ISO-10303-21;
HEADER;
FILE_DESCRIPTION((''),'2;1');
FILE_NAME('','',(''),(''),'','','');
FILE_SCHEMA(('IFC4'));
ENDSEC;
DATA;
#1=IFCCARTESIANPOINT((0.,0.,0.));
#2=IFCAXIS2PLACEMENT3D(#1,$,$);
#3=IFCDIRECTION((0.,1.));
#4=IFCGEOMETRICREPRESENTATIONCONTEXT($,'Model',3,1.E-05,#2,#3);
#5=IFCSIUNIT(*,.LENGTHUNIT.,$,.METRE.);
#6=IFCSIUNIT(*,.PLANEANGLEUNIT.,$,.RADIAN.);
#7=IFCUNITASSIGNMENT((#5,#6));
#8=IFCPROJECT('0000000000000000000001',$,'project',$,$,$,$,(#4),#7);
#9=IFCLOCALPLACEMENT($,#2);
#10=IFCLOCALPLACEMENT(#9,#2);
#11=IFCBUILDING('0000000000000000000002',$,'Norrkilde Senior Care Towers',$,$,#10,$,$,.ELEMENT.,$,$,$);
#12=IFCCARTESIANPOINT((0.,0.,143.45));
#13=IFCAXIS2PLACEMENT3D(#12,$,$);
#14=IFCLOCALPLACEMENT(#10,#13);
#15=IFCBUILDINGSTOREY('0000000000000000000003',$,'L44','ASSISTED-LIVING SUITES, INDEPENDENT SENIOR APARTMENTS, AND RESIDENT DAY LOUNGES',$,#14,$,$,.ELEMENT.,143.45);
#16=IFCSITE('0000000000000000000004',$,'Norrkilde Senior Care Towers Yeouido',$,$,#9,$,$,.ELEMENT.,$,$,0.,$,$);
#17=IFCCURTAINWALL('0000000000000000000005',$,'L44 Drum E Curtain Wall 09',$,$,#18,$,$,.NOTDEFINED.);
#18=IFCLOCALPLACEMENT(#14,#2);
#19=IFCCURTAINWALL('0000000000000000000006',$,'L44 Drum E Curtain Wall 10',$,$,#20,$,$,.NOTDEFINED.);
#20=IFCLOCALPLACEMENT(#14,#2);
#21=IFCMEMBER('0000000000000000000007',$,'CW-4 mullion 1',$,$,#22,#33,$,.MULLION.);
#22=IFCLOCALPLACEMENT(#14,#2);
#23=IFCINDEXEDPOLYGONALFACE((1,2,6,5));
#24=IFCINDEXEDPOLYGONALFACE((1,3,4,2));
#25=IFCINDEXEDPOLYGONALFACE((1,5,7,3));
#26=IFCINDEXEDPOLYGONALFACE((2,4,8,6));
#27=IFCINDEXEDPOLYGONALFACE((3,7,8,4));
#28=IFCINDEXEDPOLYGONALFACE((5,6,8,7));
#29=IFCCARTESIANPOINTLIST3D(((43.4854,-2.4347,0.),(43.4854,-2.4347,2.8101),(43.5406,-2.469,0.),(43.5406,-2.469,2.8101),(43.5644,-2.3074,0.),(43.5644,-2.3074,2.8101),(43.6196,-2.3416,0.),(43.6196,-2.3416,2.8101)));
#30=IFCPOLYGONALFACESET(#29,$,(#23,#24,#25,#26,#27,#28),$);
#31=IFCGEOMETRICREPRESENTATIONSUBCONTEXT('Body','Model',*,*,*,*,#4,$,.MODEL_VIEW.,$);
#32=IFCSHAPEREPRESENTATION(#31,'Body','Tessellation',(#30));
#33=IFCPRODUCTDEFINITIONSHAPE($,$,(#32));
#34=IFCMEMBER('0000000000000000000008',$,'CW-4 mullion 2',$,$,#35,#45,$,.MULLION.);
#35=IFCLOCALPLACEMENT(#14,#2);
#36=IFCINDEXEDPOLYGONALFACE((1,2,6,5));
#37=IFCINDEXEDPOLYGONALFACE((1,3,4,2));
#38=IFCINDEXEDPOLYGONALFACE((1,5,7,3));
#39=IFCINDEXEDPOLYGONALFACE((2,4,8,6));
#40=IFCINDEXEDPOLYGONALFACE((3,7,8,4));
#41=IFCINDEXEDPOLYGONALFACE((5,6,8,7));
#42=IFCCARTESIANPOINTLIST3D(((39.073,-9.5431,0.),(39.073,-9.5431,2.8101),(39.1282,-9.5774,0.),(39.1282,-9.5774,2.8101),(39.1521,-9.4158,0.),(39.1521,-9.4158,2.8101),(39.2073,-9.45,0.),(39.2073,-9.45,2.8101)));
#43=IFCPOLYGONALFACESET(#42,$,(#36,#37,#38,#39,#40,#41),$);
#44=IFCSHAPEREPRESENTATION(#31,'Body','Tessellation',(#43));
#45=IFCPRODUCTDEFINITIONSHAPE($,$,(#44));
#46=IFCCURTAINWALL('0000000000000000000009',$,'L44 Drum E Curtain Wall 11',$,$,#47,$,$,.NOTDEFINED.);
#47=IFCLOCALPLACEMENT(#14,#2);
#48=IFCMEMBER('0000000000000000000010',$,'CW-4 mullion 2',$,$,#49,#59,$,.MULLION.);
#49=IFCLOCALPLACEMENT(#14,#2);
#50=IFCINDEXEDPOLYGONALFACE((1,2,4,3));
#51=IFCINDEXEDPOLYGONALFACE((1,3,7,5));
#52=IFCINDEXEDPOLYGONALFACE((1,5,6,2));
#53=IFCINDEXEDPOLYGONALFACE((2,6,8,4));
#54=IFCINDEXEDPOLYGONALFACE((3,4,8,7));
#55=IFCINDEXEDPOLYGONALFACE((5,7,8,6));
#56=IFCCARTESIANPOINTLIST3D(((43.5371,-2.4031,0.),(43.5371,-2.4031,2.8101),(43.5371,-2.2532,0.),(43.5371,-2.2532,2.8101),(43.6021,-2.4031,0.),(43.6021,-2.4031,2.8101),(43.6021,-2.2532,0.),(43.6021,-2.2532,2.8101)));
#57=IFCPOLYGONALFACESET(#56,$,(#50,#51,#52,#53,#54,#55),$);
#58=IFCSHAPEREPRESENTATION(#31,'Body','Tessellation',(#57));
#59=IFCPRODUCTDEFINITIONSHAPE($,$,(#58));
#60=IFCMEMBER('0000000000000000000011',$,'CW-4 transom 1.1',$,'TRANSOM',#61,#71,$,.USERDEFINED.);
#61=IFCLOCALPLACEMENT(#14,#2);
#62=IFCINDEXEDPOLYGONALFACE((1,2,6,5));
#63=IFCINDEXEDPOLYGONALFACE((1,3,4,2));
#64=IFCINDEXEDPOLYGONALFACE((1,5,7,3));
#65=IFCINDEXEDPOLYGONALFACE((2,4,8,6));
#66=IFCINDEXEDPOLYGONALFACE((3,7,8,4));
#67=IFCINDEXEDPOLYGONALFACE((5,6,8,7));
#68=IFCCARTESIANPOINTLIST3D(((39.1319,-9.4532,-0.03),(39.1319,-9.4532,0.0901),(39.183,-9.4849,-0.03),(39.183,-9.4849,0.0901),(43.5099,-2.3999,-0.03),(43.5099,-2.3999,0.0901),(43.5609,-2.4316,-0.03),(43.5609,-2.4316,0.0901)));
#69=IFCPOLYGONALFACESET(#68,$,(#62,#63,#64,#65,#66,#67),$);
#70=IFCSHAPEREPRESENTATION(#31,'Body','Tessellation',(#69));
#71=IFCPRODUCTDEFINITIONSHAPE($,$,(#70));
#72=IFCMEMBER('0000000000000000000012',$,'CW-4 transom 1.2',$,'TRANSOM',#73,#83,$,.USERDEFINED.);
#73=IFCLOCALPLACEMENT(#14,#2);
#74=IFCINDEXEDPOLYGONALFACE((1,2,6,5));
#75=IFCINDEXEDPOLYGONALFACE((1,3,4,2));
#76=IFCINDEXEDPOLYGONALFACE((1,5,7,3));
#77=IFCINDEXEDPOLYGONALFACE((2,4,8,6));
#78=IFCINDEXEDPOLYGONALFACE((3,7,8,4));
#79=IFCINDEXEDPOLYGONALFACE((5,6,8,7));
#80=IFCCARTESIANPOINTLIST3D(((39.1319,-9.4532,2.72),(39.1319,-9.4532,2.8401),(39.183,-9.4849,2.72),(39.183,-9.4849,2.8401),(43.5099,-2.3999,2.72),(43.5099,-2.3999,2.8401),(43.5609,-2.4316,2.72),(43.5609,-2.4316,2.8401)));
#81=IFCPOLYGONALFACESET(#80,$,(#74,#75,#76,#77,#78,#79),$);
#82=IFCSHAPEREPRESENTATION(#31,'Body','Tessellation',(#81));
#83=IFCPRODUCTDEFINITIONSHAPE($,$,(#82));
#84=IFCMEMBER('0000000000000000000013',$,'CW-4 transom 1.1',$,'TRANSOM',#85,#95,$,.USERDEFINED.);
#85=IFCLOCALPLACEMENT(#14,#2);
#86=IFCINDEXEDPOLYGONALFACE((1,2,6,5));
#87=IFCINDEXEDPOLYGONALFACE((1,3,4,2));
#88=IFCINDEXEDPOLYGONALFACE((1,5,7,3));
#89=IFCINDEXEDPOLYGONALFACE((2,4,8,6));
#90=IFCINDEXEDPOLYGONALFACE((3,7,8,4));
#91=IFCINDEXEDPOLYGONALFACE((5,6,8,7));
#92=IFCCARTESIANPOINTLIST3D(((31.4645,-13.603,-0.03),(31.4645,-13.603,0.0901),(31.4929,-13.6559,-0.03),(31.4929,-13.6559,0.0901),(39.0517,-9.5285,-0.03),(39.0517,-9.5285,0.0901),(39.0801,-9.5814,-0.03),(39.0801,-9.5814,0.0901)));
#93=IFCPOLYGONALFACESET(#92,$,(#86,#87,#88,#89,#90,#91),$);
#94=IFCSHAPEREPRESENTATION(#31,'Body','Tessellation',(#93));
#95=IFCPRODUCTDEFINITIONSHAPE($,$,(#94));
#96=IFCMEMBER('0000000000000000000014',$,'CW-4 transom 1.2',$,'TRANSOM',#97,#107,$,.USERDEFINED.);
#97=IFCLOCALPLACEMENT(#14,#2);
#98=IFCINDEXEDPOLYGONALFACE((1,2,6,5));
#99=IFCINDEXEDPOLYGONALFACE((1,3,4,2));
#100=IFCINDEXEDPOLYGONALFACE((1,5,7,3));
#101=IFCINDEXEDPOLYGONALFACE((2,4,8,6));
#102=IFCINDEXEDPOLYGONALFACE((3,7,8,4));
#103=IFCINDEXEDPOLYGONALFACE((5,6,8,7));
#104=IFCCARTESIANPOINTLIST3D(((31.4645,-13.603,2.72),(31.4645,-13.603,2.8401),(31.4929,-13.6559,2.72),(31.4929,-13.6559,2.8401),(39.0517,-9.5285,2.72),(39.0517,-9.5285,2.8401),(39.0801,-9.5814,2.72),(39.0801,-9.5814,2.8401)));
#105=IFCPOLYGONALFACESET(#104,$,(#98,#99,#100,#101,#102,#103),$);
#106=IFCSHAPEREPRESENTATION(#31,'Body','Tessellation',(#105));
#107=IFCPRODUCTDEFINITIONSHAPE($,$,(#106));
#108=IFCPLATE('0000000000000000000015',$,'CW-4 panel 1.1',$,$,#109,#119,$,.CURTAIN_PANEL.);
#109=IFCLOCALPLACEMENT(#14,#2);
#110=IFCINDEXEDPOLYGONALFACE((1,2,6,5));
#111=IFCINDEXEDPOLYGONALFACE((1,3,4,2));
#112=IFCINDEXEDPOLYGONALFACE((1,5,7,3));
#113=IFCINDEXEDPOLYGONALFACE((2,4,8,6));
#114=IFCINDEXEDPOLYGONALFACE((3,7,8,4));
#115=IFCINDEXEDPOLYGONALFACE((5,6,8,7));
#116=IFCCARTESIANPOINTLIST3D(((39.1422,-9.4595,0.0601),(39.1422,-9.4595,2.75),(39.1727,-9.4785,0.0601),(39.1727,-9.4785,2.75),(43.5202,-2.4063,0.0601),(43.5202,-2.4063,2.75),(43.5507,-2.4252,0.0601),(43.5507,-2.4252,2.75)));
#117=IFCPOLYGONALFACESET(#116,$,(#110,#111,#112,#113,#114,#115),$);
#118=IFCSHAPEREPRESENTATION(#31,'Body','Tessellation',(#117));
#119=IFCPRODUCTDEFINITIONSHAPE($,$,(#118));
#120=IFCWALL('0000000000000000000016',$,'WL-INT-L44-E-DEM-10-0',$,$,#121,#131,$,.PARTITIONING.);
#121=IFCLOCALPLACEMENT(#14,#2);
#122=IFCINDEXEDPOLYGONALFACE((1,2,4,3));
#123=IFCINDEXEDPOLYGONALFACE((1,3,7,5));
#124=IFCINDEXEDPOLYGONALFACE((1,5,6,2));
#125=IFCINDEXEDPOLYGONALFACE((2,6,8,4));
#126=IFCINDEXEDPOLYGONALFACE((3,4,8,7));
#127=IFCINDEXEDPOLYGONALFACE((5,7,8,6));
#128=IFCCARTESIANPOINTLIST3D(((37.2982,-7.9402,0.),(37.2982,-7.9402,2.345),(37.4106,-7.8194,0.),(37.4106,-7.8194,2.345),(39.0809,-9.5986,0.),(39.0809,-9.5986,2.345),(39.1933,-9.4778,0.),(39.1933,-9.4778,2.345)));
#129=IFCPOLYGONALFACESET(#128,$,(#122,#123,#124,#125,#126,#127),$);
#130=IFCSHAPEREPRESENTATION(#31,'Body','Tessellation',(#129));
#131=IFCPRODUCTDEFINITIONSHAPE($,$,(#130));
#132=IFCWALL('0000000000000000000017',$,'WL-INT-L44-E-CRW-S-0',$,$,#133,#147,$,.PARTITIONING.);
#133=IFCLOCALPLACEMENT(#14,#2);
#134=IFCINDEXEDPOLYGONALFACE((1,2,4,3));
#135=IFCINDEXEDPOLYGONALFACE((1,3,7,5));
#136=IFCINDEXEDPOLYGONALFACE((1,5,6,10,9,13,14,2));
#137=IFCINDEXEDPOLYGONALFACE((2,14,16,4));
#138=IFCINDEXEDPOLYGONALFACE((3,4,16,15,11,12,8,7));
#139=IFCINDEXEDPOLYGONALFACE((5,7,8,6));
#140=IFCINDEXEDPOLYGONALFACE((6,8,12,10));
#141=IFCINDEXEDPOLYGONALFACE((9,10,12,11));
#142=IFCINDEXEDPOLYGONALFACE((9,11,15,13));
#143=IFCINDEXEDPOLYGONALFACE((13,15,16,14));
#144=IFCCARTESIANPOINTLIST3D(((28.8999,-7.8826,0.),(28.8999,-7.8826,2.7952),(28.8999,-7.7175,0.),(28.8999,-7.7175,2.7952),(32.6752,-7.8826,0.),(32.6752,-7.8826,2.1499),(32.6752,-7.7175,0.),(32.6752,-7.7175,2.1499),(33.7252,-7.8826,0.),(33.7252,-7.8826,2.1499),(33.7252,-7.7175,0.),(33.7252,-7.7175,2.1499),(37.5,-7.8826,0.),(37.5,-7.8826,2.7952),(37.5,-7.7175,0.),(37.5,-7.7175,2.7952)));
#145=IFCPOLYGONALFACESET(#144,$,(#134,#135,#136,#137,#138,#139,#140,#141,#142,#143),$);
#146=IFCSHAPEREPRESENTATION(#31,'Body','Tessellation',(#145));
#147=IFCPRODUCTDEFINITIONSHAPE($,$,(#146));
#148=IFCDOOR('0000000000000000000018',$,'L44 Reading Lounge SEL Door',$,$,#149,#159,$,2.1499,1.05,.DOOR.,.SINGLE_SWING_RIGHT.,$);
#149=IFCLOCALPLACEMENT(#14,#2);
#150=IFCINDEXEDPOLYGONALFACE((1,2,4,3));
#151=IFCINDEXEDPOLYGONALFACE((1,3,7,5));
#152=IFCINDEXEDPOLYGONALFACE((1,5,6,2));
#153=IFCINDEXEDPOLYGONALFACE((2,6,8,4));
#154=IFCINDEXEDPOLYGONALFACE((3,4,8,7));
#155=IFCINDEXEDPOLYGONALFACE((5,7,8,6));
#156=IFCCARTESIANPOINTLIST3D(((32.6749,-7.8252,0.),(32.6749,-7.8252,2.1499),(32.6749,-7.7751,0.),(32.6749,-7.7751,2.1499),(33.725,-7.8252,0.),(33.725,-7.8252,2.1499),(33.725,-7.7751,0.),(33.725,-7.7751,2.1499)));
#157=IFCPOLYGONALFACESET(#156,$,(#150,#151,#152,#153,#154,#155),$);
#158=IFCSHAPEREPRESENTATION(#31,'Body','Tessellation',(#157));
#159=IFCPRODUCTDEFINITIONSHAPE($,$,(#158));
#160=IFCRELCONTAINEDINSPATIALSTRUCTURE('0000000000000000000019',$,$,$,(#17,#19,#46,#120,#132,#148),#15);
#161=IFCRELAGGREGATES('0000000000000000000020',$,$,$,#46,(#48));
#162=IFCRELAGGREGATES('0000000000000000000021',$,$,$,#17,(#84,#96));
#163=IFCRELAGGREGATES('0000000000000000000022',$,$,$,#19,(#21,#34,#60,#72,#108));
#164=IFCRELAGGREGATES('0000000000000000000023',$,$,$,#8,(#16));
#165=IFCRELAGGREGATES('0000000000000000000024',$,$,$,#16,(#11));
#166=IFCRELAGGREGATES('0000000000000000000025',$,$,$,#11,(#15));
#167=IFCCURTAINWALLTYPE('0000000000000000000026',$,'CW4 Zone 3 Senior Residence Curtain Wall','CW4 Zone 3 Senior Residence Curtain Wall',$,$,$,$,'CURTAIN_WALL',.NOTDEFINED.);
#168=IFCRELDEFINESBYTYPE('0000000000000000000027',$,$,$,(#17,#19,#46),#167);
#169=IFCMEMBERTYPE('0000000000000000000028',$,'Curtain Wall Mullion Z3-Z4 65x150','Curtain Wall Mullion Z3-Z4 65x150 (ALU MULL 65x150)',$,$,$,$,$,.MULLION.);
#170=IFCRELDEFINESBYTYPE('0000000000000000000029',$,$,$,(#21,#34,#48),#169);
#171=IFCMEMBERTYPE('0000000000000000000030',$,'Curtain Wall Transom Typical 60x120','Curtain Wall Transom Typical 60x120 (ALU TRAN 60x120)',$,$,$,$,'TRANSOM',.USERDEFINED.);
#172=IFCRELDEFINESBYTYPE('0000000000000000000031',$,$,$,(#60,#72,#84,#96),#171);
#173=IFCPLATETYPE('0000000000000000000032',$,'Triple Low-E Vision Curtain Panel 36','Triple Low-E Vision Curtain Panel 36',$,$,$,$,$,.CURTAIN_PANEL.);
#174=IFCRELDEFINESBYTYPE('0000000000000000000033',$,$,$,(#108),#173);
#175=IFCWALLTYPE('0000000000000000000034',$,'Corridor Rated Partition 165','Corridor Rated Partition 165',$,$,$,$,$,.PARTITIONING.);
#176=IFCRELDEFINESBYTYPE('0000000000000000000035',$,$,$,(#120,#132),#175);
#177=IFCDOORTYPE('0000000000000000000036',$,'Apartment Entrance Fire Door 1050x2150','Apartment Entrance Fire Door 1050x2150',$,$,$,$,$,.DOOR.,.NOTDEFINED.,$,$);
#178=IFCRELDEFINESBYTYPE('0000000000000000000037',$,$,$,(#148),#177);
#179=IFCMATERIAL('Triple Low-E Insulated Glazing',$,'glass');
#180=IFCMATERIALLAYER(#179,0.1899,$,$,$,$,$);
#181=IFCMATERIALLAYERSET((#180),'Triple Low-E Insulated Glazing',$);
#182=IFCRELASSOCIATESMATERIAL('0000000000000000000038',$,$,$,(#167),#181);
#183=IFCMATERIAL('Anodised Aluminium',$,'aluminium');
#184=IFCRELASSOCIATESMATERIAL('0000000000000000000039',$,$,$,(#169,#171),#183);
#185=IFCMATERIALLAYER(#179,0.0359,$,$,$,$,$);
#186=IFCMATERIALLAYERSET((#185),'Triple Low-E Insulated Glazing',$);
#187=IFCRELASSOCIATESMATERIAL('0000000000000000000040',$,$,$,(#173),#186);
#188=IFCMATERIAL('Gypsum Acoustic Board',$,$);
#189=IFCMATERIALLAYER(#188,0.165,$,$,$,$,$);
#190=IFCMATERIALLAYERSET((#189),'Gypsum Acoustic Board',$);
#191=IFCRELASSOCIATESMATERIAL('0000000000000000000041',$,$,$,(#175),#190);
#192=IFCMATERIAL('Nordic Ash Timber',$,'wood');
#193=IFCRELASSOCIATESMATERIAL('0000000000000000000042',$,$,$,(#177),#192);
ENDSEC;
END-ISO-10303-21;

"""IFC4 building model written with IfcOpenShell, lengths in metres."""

from ifc_helpers import new_model, si_unit, direction, frame, frame_2d, origin, origin_2d, place, context, subcontext, project, spatial, rectangle, extrude, source, transform, mapped, material, layer, layer_set, material_profile, profile_set, type_object, type_shapes, element, fill, aggregate, save


model = new_model("IFC4")

# Units and contexts
model_context = context("Model", 3, precision=1e-05, world=origin(), true_north=direction((0.0, 1.0)))
body_context = subcontext(model_context, "Body", "Model", "MODEL_VIEW")
ifc_project = project(units=[si_unit("LENGTHUNIT", "METRE"), si_unit("PLANEANGLEUNIT", "RADIAN")], contexts=[model_context])

# Site, building, storey
site_placement = place(None, origin())
site = spatial("IfcSite", under=ifc_project, at=site_placement, Name="Norrkilde Senior Care Towers Yeouido", CompositionType="ELEMENT", RefElevation=0.0)
building_placement = place(site_placement, origin())
building = spatial("IfcBuilding", under=site, at=building_placement, Name="Norrkilde Senior Care Towers", CompositionType="ELEMENT")
storey_placement = place(building_placement, frame((0.0, 0.0, 143.45)))
storey = spatial("IfcBuildingStorey", under=building, at=storey_placement, Name="L44", Description="ASSISTED-LIVING SUITES, INDEPENDENT SENIOR APARTMENTS, AND RESIDENT DAY LOUNGES", CompositionType="ELEMENT", Elevation=143.45)

# Curtain wall
ifc_material_1 = material(Name="Triple Low-E Insulated Glazing", Category="glass")
ifc_layer_1 = layer(ifc_material_1, 0.1899)
ifc_layer_set_1 = layer_set([ifc_layer_1], Name="Triple Low-E Insulated Glazing")
curtain_wall_type = type_object("IfcCurtainWallType", Name="CW4 Zone 3 Senior Residence Curtain Wall", Description="CW4 Zone 3 Senior Residence Curtain Wall", ElementType="CURTAIN_WALL", PredefinedType="NOTDEFINED", material=ifc_layer_set_1)
curtain_wall_1_placement = place(storey_placement, origin())
curtain_wall_1 = element("IfcCurtainWall", 1, at=curtain_wall_1_placement, inside=storey, type_object=curtain_wall_type, Name="L44 Drum E Curtain Wall 09", PredefinedType="NOTDEFINED")
ifc_material_2 = material(Name="Anodised Aluminium", Category="aluminium")
ifc_material_profile_1 = material_profile(ifc_material_2, rectangle(XDim=0.0649, YDim=0.1499, at=origin_2d()), Name="ALU MULL 65x150")
ifc_profile_set_1 = profile_set([ifc_material_profile_1], Name="Anodised Aluminium")
member_type_1 = type_object("IfcMemberType", Name="Curtain Wall Mullion Z3-Z4 65x150", Description="Curtain Wall Mullion Z3-Z4 65x150 (ALU MULL 65x150)", PredefinedType="MULLION", material=ifc_profile_set_1)
shared_shape_1 = source(origin(), body_context, "Body", "SweptSolid", [
    extrude(rectangle(XDim=0.0649, YDim=0.1499, at=origin_2d()), origin(), (0.0, 0.0, 1.0), 2.8101),
])
type_shapes(member_type_1, [shared_shape_1])

# Curtain wall, members
curtain_wall_2_placement = place(storey_placement, origin())
curtain_wall_2 = element("IfcCurtainWall", 2, at=curtain_wall_2_placement, inside=storey, type_object=curtain_wall_type, Name="L44 Drum E Curtain Wall 10", PredefinedType="NOTDEFINED")
member_1_placement = place(storey_placement, frame((43.5525, -2.3882, 0.0), z_axis=(0.0, 0.0, 1.0), x_axis=(0.849634, -0.527373, 0.0)))
member_1 = element("IfcMember", 3, at=member_1_placement, type_object=member_type_1, Name="CW-4 mullion 1", PredefinedType="MULLION", context=body_context, shape_type="MappedRepresentation", body=[
    mapped(shared_shape_1, transform((0.0, 0.0, 0.0), x_axis=(1.0, 0.0, 0.0), y_axis=(0.0, 1.0, 0.0), z_axis=(0.0, 0.0, 1.0), scale=1.0)),
])
member_2_placement = place(storey_placement, frame((39.1401, -9.4966, 0.0), z_axis=(0.0, 0.0, 1.0), x_axis=(0.849634, -0.527373, 0.0)))
member_2 = element("IfcMember", 4, at=member_2_placement, type_object=member_type_1, Name="CW-4 mullion 2", PredefinedType="MULLION", context=body_context, shape_type="MappedRepresentation", body=[
    mapped(shared_shape_1, transform((0.0, 0.0, 0.0), x_axis=(1.0, 0.0, 0.0), y_axis=(0.0, 1.0, 0.0), z_axis=(0.0, 0.0, 1.0), scale=1.0)),
])

# Curtain wall, member
curtain_wall_3_placement = place(storey_placement, origin())
curtain_wall_3 = element("IfcCurtainWall", 5, at=curtain_wall_3_placement, inside=storey, type_object=curtain_wall_type, Name="L44 Drum E Curtain Wall 11", PredefinedType="NOTDEFINED")
member_3_placement = place(storey_placement, frame((43.5696, -2.3281, 0.0), z_axis=(0.0, 0.0, 1.0), x_axis=(1.0, 0.0, 0.0)))
member_3 = element("IfcMember", 6, at=member_3_placement, type_object=member_type_1, Name="CW-4 mullion 2", PredefinedType="MULLION", context=body_context, shape_type="MappedRepresentation", body=[
    mapped(shared_shape_1, transform((0.0, 0.0, 0.0), x_axis=(1.0, 0.0, 0.0), y_axis=(0.0, 1.0, 0.0), z_axis=(0.0, 0.0, 1.0), scale=1.0)),
])
aggregate(curtain_wall_3, [member_3])

# Members
ifc_material_profile_2 = material_profile(ifc_material_2, rectangle(XDim=0.0601, YDim=0.1201, at=origin_2d()), Name="ALU TRAN 60x120")
ifc_profile_set_2 = profile_set([ifc_material_profile_2], Name="Anodised Aluminium")
member_type_2 = type_object("IfcMemberType", Name="Curtain Wall Transom Typical 60x120", Description="Curtain Wall Transom Typical 60x120 (ALU TRAN 60x120)", ElementType="TRANSOM", PredefinedType="USERDEFINED", material=ifc_profile_set_2)
shared_shape_2 = source(origin(), body_context, "Body", "SweptSolid", [
    extrude(rectangle(XDim=0.0601, YDim=0.1201, at=origin_2d()), origin(), (0.0, 0.0, 1.0), 8.3015),
])
member_4_placement = place(storey_placement, frame((43.5354, -2.4158, 0.03), z_axis=(-0.527369, -0.849637, 0.0), x_axis=(0.849637, -0.527369, 0.0)))
member_4 = element("IfcMember", 7, at=member_4_placement, type_object=member_type_2, Name="CW-4 transom 1.1", ObjectType="TRANSOM", PredefinedType="USERDEFINED", context=body_context, shape_type="MappedRepresentation", body=[
    mapped(shared_shape_2, transform((0.0, 0.0, 0.0), x_axis=(1.0, 0.0, 0.0), y_axis=(0.0, 1.0, 0.0), z_axis=(0.0, 0.0, 1.0), scale=1.0)),
])
member_5_placement = place(storey_placement, frame((43.5354, -2.4158, 2.78), z_axis=(-0.527369, -0.849637, 0.0), x_axis=(0.849637, -0.527369, 0.0)))
member_5 = element("IfcMember", 8, at=member_5_placement, type_object=member_type_2, Name="CW-4 transom 1.2", ObjectType="TRANSOM", PredefinedType="USERDEFINED", context=body_context, shape_type="MappedRepresentation", body=[
    mapped(shared_shape_2, transform((0.0, 0.0, 0.0), x_axis=(1.0, 0.0, 0.0), y_axis=(0.0, 1.0, 0.0), z_axis=(0.0, 0.0, 1.0), scale=1.0)),
])
shared_shape_3 = source(origin(), body_context, "Body", "SweptSolid", [
    extrude(rectangle(XDim=0.0601, YDim=0.1201, at=origin_2d()), origin(), (0.0, 0.0, 1.0), 8.6121),
])
type_shapes(member_type_2, [shared_shape_2, shared_shape_3])
member_6_placement = place(storey_placement, frame((39.0659, -9.5549, 0.03), z_axis=(-0.881, -0.473116, 0.0), x_axis=(0.473116, -0.881, 0.0)))
member_6 = element("IfcMember", 9, at=member_6_placement, type_object=member_type_2, Name="CW-4 transom 1.1", ObjectType="TRANSOM", PredefinedType="USERDEFINED", context=body_context, shape_type="MappedRepresentation", body=[
    mapped(shared_shape_3, transform((0.0, 0.0, 0.0), x_axis=(1.0, 0.0, 0.0), y_axis=(0.0, 1.0, 0.0), z_axis=(0.0, 0.0, 1.0), scale=1.0)),
])
member_7_placement = place(storey_placement, frame((39.0659, -9.5549, 2.78), z_axis=(-0.881, -0.473116, 0.0), x_axis=(0.473116, -0.881, 0.0)))
member_7 = element("IfcMember", 10, at=member_7_placement, type_object=member_type_2, Name="CW-4 transom 1.2", ObjectType="TRANSOM", PredefinedType="USERDEFINED", context=body_context, shape_type="MappedRepresentation", body=[
    mapped(shared_shape_3, transform((0.0, 0.0, 0.0), x_axis=(1.0, 0.0, 0.0), y_axis=(0.0, 1.0, 0.0), z_axis=(0.0, 0.0, 1.0), scale=1.0)),
])
aggregate(curtain_wall_1, [member_6, member_7])

# Plate
ifc_layer_2 = layer(ifc_material_1, 0.0359)
ifc_layer_set_2 = layer_set([ifc_layer_2], Name="Triple Low-E Insulated Glazing")
plate_type = type_object("IfcPlateType", Name="Triple Low-E Vision Curtain Panel 36", Description="Triple Low-E Vision Curtain Panel 36", PredefinedType="CURTAIN_PANEL", material=ifc_layer_set_2)
shared_shape_4 = source(origin(), body_context, "Body", "SweptSolid", [
    extrude(rectangle(XDim=8.3015, YDim=0.0359, at=origin_2d()), origin(), (0.0, 0.0, 1.0), 2.6899),
])
type_shapes(plate_type, [shared_shape_4])
plate_placement = place(storey_placement, frame((41.3464, -5.9424, 0.0601), z_axis=(0.0, 0.0, 1.0), x_axis=(-0.527373, -0.849634, 0.0)))
plate = element("IfcPlate", 11, at=plate_placement, type_object=plate_type, Name="CW-4 panel 1.1", PredefinedType="CURTAIN_PANEL", context=body_context, shape_type="MappedRepresentation", body=[
    mapped(shared_shape_4, transform((0.0, 0.0, 0.0), x_axis=(1.0, 0.0, 0.0), y_axis=(0.0, 1.0, 0.0), z_axis=(0.0, 0.0, 1.0), scale=1.0)),
])
aggregate(curtain_wall_2, [member_1, member_2, member_4, member_5, plate])

# Wall
ifc_material_3 = material(Name="Gypsum Acoustic Board")
ifc_layer_3 = layer(ifc_material_3, 0.165)
ifc_layer_set_3 = layer_set([ifc_layer_3], Name="Gypsum Acoustic Board")
wall_type_1 = type_object("IfcWallType", Name="Corridor Rated Partition 165", Description="Corridor Rated Partition 165", PredefinedType="PARTITIONING", material=ifc_layer_set_3)
shared_shape_5 = source(origin(), body_context, "Body", "SweptSolid", [
    extrude(rectangle(XDim=2.4348, YDim=0.165, at=frame_2d((1.2173, 0.0))), origin(), (0.0, 0.0, 1.0), 2.345),
])
wall_1_placement = place(storey_placement, frame((37.3545, -7.8799, 0.0), z_axis=(0.0, 0.0, 1.0), x_axis=(0.732165, -0.681128, 0.0)))
element("IfcWall", 12, at=wall_1_placement, inside=storey, type_object=wall_type_1, Name="WL-INT-L44-E-DEM-10-0", PredefinedType="PARTITIONING", context=body_context, shape_type="MappedRepresentation", body=[
    mapped(shared_shape_5, transform((0.0, 0.0, 0.0), x_axis=(1.0, 0.0, 0.0), y_axis=(0.0, 1.0, 0.0), z_axis=(0.0, 0.0, 1.0), scale=1.0)),
])

# Wall, opening, door
shared_shape_6 = source(origin(), body_context, "Body", "SweptSolid", [
    extrude(rectangle(XDim=8.6001, YDim=0.165, at=frame_2d((4.3, 0.0))), origin(), (0.0, 0.0, 1.0), 2.7952),
])
type_shapes(wall_type_1, [shared_shape_5, shared_shape_6])
wall_2_placement = place(storey_placement, frame((37.5, -7.8, 0.0), z_axis=(0.0, 0.0, 1.0), x_axis=(-1.0, 0.0, 0.0)))
wall_2 = element("IfcWall", 13, at=wall_2_placement, inside=storey, type_object=wall_type_1, Name="WL-INT-L44-E-CRW-S-0", PredefinedType="PARTITIONING", context=body_context, shape_type="MappedRepresentation", body=[
    mapped(shared_shape_6, transform((0.0, 0.0, 0.0), x_axis=(1.0, 0.0, 0.0), y_axis=(0.0, 1.0, 0.0), z_axis=(0.0, 0.0, 1.0), scale=1.0)),
])
opening_1_placement = place(wall_2_placement, frame((3.7749, 0.0, 0.0)))
opening_1 = element("IfcOpeningElement", 14, at=opening_1_placement, cuts=wall_2, PredefinedType="OPENING", context=body_context, shape_type="SweptSolid", body=[
    extrude(rectangle(XDim=1.05, YDim=2.1499, at=frame_2d((0.5249, 1.075))), frame((0.0, 0.0925, 0.0), z_axis=(0.0, -1.0, 0.0), x_axis=(1.0, 0.0, 0.0)), (0.0, 0.0, 1.0), 0.1851),
])
ifc_material_4 = material(Name="Nordic Ash Timber", Category="wood")
door_type_1 = type_object("IfcDoorType", Name="Apartment Entrance Fire Door 1050x2150", Description="Apartment Entrance Fire Door 1050x2150", OperationType="NOTDEFINED", PredefinedType="DOOR", material=ifc_material_4)
shared_shape_7 = source(origin(), body_context, "Body", "SweptSolid", [
    extrude(rectangle(XDim=1.05, YDim=2.1499, at=frame_2d((0.5249, 1.075))), frame((0.0, 0.0249, 0.0), z_axis=(0.0, -1.0, 0.0), x_axis=(1.0, 0.0, 0.0)), (0.0, 0.0, 1.0), 0.05),
])
type_shapes(door_type_1, [shared_shape_7])
door_1_placement = place(opening_1_placement, frame((1.05, 0.0, 0.0), z_axis=(0.0, 0.0, 1.0), x_axis=(-1.0, 0.0, 0.0)))
door_1 = element("IfcDoor", 15, at=door_1_placement, inside=storey, type_object=door_type_1, Name="L44 Reading Lounge SEL Door", OperationType="SINGLE_SWING_RIGHT", OverallHeight=2.1499, OverallWidth=1.05, PredefinedType="DOOR", context=body_context, shape_type="MappedRepresentation", body=[
    mapped(shared_shape_7, transform((0.0, 0.0, 0.0), x_axis=(1.0, 0.0, 0.0), y_axis=(0.0, 1.0, 0.0), z_axis=(0.0, 0.0, 1.0), scale=1.0)),
])
fill(opening_1, door_1)

save(model, "model.ifc")
